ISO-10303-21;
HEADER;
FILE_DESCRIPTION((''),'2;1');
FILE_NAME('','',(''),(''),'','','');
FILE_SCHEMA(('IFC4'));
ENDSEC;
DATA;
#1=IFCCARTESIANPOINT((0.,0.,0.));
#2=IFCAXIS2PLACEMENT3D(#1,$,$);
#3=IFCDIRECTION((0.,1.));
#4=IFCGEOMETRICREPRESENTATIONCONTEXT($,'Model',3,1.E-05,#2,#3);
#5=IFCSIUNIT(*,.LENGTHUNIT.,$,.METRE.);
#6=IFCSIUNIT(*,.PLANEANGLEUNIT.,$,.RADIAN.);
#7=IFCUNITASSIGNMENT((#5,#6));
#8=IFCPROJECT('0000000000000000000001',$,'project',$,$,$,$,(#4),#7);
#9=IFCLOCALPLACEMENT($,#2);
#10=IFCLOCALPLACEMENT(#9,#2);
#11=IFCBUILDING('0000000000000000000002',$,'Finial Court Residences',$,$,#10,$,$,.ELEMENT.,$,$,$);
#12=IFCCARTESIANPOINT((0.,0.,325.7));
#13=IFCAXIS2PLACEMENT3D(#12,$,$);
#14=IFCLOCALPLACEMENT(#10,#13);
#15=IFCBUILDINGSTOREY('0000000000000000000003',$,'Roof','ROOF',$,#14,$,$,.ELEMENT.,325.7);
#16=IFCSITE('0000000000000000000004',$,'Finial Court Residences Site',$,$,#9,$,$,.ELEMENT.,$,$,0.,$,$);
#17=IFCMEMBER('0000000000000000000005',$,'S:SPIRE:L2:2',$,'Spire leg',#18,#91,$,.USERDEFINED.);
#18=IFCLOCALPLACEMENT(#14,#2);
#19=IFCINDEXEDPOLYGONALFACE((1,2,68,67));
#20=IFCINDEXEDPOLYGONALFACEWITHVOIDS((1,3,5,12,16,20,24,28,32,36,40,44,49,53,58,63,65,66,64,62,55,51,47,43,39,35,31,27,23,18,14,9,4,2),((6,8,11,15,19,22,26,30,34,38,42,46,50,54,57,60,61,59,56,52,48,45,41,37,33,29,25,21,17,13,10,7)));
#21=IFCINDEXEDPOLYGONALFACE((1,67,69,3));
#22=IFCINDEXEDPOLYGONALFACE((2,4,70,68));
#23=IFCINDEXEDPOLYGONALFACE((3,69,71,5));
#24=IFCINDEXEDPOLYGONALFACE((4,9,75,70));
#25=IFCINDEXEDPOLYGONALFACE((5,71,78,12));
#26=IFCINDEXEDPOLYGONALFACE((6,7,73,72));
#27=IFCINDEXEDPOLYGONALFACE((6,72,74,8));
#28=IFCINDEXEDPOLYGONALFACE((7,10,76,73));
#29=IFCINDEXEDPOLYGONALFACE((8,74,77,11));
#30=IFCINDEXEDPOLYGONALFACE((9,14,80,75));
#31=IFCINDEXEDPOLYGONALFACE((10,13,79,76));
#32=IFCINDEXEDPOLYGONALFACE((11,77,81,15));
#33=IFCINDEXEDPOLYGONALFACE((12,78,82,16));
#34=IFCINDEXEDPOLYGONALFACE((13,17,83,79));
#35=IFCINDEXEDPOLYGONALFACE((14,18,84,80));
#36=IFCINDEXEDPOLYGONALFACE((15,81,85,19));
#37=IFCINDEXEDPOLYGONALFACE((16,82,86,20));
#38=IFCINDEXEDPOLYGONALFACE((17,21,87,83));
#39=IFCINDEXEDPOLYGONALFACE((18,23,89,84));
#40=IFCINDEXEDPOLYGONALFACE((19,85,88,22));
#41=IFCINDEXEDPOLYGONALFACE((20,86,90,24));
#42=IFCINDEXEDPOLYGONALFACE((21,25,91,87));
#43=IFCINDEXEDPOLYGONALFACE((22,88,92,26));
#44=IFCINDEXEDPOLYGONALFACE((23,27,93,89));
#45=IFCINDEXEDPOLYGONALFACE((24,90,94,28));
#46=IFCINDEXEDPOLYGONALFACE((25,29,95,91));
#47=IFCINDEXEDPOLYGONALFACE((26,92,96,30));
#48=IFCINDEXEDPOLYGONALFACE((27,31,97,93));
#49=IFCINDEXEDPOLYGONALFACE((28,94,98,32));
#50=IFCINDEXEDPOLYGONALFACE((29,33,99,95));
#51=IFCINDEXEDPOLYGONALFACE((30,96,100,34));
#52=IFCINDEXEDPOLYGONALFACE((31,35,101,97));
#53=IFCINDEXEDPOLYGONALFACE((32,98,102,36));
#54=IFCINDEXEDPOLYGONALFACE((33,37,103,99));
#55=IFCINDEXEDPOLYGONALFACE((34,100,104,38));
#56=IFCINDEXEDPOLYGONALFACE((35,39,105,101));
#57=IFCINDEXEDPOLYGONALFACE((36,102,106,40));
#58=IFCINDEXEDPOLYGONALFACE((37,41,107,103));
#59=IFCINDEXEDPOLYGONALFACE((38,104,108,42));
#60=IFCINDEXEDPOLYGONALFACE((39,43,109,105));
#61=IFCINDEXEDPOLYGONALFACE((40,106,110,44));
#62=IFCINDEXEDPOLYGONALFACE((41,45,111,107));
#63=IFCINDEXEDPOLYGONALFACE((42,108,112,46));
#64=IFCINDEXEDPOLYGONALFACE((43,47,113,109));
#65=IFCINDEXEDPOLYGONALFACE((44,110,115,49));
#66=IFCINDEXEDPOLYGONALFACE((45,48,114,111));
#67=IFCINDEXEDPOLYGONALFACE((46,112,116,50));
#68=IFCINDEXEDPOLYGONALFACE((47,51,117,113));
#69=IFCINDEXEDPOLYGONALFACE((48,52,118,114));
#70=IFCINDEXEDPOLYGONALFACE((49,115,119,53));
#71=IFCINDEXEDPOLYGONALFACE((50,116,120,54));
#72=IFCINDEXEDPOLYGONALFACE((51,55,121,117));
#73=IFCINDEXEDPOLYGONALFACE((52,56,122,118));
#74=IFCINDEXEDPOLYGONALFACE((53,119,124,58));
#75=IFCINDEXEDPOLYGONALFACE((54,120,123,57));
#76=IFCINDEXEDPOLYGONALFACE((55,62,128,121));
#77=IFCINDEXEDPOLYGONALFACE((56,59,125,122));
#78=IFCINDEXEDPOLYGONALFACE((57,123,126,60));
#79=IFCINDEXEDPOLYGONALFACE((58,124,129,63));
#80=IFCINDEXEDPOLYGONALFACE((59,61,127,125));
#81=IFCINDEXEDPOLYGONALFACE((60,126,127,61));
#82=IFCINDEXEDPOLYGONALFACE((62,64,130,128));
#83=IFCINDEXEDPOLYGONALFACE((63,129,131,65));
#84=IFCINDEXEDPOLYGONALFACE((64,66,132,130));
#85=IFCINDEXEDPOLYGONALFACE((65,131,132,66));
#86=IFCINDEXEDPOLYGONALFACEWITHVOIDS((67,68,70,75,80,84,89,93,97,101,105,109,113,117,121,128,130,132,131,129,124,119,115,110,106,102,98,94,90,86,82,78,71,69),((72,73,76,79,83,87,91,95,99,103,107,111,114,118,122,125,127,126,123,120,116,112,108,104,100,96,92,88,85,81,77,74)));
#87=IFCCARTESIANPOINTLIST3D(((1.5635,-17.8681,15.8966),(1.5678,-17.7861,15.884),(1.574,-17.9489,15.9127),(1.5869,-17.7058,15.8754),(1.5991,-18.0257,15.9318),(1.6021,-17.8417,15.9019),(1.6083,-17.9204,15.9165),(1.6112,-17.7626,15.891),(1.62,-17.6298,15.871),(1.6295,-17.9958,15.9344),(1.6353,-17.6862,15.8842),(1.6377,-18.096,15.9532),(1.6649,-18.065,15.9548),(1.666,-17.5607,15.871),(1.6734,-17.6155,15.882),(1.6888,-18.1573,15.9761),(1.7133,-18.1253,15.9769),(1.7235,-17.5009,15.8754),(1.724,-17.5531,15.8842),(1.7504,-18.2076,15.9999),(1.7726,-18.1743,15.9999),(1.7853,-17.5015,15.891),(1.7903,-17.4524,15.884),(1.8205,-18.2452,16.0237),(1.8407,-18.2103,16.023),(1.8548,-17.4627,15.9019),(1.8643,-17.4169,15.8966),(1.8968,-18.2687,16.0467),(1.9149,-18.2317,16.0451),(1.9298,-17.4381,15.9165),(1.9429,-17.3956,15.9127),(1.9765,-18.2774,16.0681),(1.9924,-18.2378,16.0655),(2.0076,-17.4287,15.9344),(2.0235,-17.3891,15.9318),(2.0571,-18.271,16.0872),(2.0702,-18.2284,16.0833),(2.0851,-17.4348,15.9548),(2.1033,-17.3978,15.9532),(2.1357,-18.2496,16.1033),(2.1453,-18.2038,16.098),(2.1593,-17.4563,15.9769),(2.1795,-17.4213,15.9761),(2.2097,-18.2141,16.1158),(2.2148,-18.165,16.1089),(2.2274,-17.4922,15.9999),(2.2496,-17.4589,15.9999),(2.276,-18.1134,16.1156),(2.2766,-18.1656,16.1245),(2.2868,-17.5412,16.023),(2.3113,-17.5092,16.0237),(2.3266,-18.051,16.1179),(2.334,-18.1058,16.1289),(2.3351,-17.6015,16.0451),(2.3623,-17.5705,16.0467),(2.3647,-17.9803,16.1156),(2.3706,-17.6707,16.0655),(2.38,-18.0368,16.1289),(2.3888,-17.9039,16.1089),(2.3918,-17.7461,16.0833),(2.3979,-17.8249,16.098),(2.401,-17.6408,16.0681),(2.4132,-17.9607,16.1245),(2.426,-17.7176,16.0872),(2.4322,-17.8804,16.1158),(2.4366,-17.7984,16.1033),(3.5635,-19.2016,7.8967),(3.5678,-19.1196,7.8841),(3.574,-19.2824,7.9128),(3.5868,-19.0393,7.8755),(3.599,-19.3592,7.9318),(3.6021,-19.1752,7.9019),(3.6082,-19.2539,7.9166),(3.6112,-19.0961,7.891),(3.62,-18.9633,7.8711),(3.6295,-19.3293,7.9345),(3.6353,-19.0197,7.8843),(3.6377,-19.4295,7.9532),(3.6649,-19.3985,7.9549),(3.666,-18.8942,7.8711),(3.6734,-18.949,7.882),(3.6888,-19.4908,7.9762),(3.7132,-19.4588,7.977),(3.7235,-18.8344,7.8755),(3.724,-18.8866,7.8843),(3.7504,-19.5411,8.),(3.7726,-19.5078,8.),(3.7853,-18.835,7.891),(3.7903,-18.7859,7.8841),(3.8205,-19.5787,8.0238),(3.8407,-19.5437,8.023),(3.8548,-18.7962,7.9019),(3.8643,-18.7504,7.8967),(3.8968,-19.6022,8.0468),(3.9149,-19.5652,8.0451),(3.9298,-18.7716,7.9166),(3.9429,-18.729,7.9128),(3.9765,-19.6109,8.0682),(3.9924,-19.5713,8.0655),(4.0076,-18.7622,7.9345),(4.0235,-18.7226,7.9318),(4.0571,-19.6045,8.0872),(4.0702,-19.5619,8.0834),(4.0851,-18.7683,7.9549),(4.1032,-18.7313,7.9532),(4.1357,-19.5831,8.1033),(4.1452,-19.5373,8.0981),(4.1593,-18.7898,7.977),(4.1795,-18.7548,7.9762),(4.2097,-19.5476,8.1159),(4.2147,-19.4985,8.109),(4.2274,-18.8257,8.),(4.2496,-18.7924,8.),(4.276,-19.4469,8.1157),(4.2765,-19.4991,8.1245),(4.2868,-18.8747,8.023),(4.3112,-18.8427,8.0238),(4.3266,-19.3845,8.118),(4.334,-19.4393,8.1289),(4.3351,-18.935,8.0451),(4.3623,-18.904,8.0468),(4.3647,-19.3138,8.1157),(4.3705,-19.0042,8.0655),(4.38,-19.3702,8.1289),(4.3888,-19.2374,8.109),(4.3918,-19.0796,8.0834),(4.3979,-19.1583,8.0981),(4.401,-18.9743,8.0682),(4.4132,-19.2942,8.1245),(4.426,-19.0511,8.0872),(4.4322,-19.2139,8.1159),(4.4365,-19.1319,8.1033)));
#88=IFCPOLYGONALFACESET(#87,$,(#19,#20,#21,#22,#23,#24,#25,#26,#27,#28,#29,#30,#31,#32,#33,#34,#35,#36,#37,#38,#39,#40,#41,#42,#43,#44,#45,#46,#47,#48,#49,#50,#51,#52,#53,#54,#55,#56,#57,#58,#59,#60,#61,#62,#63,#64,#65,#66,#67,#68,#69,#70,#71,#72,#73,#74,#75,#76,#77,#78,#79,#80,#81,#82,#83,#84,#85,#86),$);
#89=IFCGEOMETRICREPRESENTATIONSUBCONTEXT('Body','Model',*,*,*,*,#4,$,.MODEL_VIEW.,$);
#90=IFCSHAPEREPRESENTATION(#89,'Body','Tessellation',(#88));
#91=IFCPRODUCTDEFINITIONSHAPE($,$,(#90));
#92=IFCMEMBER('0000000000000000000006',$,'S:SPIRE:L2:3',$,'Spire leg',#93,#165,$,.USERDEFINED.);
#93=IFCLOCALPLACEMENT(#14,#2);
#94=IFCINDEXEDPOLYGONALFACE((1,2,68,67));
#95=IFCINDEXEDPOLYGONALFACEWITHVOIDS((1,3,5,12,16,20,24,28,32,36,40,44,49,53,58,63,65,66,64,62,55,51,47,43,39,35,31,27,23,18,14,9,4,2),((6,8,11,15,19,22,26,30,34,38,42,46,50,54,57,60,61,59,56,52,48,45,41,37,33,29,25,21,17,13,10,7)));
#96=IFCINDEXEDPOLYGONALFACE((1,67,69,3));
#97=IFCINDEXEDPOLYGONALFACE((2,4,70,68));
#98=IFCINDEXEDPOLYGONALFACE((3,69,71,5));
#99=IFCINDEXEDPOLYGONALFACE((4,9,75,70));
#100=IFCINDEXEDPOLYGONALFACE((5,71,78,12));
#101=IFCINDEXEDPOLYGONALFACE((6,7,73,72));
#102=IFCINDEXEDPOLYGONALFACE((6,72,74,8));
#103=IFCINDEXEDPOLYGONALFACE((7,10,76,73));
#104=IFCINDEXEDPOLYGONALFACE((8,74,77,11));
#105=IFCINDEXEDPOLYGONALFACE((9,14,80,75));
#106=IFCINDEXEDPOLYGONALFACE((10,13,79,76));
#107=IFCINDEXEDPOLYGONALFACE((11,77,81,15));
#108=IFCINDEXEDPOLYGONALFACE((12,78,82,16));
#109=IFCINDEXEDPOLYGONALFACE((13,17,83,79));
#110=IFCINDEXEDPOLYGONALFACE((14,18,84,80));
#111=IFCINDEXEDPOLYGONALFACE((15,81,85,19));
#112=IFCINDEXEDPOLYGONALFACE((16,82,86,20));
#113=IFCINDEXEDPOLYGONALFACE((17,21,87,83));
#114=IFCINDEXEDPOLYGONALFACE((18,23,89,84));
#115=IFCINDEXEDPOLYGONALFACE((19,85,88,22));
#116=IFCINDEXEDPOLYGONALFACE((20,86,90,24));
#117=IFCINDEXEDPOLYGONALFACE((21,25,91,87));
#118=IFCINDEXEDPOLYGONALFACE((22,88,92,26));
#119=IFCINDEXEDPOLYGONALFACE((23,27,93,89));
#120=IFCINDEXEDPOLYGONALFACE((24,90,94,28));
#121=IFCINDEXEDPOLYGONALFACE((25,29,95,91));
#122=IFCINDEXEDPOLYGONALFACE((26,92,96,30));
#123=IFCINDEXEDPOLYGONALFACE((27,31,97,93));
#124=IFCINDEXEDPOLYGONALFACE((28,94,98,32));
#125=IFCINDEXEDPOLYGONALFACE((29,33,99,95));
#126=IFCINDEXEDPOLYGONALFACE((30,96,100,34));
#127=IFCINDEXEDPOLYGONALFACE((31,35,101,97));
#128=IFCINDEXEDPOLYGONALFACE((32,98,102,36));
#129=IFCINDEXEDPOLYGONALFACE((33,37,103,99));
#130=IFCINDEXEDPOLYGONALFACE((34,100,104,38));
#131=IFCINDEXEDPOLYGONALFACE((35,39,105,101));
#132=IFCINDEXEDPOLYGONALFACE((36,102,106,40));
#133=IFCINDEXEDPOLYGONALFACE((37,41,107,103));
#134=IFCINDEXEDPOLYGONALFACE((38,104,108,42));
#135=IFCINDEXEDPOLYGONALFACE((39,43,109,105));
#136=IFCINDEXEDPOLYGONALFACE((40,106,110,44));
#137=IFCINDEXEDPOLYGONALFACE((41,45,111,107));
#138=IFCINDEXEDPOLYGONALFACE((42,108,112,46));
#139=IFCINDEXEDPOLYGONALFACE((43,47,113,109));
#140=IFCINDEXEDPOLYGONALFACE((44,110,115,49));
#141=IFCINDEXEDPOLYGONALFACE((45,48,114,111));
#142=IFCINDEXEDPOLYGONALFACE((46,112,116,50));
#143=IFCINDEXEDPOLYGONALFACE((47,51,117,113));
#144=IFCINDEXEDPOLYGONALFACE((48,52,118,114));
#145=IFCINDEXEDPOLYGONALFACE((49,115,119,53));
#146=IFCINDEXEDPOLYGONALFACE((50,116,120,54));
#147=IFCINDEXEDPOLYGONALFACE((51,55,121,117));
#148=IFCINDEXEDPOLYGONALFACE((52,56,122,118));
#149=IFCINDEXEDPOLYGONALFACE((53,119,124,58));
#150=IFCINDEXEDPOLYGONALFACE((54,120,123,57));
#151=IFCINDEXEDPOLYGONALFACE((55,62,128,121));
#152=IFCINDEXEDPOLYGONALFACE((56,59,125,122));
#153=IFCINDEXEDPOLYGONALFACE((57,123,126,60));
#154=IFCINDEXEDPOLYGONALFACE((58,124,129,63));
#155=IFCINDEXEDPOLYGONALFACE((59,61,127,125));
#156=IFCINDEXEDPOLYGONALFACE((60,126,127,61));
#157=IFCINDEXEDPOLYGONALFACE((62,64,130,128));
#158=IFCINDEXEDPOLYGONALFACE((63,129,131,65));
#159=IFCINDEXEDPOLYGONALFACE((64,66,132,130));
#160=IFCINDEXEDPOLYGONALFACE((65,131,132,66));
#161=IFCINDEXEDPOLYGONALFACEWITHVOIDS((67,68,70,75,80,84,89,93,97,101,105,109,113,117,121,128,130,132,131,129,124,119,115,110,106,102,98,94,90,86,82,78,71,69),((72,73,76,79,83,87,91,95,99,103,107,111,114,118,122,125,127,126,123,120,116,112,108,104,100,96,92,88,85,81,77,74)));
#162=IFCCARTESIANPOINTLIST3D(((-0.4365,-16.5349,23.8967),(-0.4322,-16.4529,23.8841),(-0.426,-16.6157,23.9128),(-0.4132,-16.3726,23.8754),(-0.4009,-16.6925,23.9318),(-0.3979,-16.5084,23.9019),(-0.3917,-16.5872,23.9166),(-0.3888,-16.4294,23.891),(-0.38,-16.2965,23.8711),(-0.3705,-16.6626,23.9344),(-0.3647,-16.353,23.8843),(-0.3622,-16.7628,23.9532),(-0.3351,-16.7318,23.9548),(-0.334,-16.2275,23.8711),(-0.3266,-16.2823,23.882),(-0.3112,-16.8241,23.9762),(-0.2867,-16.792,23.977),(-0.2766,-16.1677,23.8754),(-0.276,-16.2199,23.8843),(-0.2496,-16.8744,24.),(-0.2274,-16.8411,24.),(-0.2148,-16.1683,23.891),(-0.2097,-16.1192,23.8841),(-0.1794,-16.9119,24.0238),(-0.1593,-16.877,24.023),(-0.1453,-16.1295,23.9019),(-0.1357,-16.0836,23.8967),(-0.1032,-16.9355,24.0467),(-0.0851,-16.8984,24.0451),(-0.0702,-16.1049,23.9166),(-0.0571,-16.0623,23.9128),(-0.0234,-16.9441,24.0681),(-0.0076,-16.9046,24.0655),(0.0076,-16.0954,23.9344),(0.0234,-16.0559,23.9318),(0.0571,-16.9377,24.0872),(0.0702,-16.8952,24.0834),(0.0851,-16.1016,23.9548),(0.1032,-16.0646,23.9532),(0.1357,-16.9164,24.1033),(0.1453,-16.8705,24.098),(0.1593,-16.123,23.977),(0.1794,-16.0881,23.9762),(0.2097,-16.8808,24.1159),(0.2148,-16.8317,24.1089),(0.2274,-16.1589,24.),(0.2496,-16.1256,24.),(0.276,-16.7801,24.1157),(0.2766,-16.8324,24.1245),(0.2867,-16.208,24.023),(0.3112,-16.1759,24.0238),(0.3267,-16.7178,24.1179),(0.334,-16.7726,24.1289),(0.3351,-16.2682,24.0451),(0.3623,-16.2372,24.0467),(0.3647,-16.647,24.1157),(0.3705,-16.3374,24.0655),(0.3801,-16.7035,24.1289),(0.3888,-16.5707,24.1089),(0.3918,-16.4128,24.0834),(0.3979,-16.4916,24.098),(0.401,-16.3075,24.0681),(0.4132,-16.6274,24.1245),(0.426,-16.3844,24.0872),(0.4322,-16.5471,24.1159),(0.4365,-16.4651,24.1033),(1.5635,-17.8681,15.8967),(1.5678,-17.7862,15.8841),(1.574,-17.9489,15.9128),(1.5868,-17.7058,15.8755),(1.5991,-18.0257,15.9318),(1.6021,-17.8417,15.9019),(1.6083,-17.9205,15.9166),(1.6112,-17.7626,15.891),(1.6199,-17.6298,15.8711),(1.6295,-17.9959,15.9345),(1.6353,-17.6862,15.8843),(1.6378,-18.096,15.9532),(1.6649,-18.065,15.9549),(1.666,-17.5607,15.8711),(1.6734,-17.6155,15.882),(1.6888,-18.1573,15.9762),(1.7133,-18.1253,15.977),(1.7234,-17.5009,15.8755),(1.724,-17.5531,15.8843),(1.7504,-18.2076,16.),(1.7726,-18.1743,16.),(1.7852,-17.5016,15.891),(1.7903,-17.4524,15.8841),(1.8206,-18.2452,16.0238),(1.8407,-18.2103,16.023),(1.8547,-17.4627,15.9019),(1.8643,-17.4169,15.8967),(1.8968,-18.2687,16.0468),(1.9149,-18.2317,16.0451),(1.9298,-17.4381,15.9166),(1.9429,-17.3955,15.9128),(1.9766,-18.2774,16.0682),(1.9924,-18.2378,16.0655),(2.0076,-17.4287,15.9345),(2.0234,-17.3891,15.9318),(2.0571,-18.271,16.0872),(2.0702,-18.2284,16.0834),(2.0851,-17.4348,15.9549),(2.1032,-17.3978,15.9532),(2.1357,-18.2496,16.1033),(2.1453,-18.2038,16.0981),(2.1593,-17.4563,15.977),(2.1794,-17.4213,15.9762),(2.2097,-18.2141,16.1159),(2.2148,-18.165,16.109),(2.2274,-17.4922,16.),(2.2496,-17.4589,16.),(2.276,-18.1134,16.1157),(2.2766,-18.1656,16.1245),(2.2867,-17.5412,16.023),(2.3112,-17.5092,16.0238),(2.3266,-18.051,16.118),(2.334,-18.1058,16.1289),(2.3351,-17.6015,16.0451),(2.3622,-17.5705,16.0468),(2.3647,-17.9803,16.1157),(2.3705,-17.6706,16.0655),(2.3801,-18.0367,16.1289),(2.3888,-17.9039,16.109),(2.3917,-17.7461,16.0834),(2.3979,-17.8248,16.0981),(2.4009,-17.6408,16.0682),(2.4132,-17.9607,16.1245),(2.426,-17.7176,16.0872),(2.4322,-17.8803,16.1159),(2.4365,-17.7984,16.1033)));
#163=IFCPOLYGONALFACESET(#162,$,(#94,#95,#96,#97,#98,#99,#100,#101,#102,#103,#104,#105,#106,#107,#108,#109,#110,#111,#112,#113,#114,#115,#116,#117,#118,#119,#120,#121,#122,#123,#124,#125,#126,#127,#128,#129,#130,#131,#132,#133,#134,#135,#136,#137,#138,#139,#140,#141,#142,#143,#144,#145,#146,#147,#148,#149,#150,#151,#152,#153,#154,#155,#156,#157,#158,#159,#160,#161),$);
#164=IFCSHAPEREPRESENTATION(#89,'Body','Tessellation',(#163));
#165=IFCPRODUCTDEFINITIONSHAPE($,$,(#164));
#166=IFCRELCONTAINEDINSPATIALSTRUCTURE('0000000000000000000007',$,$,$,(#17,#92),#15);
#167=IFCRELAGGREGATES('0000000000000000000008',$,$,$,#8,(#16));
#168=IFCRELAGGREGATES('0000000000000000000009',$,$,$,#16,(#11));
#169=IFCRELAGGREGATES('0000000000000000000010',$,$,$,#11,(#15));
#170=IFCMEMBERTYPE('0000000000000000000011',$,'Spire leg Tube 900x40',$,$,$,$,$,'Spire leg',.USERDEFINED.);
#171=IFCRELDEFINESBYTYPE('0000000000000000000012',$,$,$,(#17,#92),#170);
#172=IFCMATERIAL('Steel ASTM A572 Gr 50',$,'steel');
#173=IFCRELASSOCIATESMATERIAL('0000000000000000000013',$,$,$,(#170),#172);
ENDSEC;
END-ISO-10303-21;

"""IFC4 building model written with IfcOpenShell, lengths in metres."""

from ifc_helpers import new_model, si_unit, direction, frame, origin, origin_2d, place, context, subcontext, project, spatial, hollow_circle, extrude, material, material_profile, profile_set, type_object, element, save


model = new_model("IFC4")

# Units and contexts
model_context = context("Model", 3, precision=1e-05, world=origin(), true_north=direction((0.0, 1.0)))
body_context = subcontext(model_context, "Body", "Model", "MODEL_VIEW")
ifc_project = project(units=[si_unit("LENGTHUNIT", "METRE"), si_unit("PLANEANGLEUNIT", "RADIAN")], contexts=[model_context])

# Site, building, storey
site_placement = place(None, origin())
site = spatial("IfcSite", under=ifc_project, at=site_placement, Name="Finial Court Residences Site", CompositionType="ELEMENT", RefElevation=0.0)
building_placement = place(site_placement, origin())
building = spatial("IfcBuilding", under=site, at=building_placement, Name="Finial Court Residences", CompositionType="ELEMENT")
storey_placement = place(building_placement, frame((0.0, 0.0, 325.7)))
storey = spatial("IfcBuildingStorey", under=building, at=storey_placement, Name="Roof", Description="ROOF", CompositionType="ELEMENT", Elevation=325.7)

# Members
ifc_material = material(Name="Steel ASTM A572 Gr 50", Category="steel")
ifc_material_profile_1 = material_profile(ifc_material, hollow_circle(Radius=0.45, WallThickness=0.04, at=origin_2d()), Name="Tube 900x40")
ifc_profile_set_1 = profile_set([ifc_material_profile_1], Name="Steel ASTM A572 Gr 50")
member_type_1 = type_object("IfcMemberType", Name="Spire leg Tube 900x40", ElementType="Spire leg", PredefinedType="USERDEFINED", material=ifc_profile_set_1)
for number, where, z_axis, x_axis, name in (
    (1, (4.0, -19.1667, 8.0), (-0.239425, 0.159636, 0.957701), (-0.554747, -0.832019, 0.0), "S:SPIRE:L2:2"),
    (2, (2.0, -17.8333, 16.0), (-0.239426, 0.159608, 0.957706), (-0.554677, -0.832066, 0.0), "S:SPIRE:L2:3"),
):
    element("IfcMember", number, at=place(storey_placement, frame(where, z_axis=z_axis, x_axis=x_axis)), inside=storey, type_object=member_type_1, Name=name, ObjectType="Spire leg", PredefinedType="USERDEFINED", context=body_context, shape_type="SweptSolid", body=[
        extrude(hollow_circle(Radius=0.45, WallThickness=0.04, at=origin_2d()), origin(), (0.0, 0.0, 1.0), 8.3533),
    ])

save(model, "model.ifc")
